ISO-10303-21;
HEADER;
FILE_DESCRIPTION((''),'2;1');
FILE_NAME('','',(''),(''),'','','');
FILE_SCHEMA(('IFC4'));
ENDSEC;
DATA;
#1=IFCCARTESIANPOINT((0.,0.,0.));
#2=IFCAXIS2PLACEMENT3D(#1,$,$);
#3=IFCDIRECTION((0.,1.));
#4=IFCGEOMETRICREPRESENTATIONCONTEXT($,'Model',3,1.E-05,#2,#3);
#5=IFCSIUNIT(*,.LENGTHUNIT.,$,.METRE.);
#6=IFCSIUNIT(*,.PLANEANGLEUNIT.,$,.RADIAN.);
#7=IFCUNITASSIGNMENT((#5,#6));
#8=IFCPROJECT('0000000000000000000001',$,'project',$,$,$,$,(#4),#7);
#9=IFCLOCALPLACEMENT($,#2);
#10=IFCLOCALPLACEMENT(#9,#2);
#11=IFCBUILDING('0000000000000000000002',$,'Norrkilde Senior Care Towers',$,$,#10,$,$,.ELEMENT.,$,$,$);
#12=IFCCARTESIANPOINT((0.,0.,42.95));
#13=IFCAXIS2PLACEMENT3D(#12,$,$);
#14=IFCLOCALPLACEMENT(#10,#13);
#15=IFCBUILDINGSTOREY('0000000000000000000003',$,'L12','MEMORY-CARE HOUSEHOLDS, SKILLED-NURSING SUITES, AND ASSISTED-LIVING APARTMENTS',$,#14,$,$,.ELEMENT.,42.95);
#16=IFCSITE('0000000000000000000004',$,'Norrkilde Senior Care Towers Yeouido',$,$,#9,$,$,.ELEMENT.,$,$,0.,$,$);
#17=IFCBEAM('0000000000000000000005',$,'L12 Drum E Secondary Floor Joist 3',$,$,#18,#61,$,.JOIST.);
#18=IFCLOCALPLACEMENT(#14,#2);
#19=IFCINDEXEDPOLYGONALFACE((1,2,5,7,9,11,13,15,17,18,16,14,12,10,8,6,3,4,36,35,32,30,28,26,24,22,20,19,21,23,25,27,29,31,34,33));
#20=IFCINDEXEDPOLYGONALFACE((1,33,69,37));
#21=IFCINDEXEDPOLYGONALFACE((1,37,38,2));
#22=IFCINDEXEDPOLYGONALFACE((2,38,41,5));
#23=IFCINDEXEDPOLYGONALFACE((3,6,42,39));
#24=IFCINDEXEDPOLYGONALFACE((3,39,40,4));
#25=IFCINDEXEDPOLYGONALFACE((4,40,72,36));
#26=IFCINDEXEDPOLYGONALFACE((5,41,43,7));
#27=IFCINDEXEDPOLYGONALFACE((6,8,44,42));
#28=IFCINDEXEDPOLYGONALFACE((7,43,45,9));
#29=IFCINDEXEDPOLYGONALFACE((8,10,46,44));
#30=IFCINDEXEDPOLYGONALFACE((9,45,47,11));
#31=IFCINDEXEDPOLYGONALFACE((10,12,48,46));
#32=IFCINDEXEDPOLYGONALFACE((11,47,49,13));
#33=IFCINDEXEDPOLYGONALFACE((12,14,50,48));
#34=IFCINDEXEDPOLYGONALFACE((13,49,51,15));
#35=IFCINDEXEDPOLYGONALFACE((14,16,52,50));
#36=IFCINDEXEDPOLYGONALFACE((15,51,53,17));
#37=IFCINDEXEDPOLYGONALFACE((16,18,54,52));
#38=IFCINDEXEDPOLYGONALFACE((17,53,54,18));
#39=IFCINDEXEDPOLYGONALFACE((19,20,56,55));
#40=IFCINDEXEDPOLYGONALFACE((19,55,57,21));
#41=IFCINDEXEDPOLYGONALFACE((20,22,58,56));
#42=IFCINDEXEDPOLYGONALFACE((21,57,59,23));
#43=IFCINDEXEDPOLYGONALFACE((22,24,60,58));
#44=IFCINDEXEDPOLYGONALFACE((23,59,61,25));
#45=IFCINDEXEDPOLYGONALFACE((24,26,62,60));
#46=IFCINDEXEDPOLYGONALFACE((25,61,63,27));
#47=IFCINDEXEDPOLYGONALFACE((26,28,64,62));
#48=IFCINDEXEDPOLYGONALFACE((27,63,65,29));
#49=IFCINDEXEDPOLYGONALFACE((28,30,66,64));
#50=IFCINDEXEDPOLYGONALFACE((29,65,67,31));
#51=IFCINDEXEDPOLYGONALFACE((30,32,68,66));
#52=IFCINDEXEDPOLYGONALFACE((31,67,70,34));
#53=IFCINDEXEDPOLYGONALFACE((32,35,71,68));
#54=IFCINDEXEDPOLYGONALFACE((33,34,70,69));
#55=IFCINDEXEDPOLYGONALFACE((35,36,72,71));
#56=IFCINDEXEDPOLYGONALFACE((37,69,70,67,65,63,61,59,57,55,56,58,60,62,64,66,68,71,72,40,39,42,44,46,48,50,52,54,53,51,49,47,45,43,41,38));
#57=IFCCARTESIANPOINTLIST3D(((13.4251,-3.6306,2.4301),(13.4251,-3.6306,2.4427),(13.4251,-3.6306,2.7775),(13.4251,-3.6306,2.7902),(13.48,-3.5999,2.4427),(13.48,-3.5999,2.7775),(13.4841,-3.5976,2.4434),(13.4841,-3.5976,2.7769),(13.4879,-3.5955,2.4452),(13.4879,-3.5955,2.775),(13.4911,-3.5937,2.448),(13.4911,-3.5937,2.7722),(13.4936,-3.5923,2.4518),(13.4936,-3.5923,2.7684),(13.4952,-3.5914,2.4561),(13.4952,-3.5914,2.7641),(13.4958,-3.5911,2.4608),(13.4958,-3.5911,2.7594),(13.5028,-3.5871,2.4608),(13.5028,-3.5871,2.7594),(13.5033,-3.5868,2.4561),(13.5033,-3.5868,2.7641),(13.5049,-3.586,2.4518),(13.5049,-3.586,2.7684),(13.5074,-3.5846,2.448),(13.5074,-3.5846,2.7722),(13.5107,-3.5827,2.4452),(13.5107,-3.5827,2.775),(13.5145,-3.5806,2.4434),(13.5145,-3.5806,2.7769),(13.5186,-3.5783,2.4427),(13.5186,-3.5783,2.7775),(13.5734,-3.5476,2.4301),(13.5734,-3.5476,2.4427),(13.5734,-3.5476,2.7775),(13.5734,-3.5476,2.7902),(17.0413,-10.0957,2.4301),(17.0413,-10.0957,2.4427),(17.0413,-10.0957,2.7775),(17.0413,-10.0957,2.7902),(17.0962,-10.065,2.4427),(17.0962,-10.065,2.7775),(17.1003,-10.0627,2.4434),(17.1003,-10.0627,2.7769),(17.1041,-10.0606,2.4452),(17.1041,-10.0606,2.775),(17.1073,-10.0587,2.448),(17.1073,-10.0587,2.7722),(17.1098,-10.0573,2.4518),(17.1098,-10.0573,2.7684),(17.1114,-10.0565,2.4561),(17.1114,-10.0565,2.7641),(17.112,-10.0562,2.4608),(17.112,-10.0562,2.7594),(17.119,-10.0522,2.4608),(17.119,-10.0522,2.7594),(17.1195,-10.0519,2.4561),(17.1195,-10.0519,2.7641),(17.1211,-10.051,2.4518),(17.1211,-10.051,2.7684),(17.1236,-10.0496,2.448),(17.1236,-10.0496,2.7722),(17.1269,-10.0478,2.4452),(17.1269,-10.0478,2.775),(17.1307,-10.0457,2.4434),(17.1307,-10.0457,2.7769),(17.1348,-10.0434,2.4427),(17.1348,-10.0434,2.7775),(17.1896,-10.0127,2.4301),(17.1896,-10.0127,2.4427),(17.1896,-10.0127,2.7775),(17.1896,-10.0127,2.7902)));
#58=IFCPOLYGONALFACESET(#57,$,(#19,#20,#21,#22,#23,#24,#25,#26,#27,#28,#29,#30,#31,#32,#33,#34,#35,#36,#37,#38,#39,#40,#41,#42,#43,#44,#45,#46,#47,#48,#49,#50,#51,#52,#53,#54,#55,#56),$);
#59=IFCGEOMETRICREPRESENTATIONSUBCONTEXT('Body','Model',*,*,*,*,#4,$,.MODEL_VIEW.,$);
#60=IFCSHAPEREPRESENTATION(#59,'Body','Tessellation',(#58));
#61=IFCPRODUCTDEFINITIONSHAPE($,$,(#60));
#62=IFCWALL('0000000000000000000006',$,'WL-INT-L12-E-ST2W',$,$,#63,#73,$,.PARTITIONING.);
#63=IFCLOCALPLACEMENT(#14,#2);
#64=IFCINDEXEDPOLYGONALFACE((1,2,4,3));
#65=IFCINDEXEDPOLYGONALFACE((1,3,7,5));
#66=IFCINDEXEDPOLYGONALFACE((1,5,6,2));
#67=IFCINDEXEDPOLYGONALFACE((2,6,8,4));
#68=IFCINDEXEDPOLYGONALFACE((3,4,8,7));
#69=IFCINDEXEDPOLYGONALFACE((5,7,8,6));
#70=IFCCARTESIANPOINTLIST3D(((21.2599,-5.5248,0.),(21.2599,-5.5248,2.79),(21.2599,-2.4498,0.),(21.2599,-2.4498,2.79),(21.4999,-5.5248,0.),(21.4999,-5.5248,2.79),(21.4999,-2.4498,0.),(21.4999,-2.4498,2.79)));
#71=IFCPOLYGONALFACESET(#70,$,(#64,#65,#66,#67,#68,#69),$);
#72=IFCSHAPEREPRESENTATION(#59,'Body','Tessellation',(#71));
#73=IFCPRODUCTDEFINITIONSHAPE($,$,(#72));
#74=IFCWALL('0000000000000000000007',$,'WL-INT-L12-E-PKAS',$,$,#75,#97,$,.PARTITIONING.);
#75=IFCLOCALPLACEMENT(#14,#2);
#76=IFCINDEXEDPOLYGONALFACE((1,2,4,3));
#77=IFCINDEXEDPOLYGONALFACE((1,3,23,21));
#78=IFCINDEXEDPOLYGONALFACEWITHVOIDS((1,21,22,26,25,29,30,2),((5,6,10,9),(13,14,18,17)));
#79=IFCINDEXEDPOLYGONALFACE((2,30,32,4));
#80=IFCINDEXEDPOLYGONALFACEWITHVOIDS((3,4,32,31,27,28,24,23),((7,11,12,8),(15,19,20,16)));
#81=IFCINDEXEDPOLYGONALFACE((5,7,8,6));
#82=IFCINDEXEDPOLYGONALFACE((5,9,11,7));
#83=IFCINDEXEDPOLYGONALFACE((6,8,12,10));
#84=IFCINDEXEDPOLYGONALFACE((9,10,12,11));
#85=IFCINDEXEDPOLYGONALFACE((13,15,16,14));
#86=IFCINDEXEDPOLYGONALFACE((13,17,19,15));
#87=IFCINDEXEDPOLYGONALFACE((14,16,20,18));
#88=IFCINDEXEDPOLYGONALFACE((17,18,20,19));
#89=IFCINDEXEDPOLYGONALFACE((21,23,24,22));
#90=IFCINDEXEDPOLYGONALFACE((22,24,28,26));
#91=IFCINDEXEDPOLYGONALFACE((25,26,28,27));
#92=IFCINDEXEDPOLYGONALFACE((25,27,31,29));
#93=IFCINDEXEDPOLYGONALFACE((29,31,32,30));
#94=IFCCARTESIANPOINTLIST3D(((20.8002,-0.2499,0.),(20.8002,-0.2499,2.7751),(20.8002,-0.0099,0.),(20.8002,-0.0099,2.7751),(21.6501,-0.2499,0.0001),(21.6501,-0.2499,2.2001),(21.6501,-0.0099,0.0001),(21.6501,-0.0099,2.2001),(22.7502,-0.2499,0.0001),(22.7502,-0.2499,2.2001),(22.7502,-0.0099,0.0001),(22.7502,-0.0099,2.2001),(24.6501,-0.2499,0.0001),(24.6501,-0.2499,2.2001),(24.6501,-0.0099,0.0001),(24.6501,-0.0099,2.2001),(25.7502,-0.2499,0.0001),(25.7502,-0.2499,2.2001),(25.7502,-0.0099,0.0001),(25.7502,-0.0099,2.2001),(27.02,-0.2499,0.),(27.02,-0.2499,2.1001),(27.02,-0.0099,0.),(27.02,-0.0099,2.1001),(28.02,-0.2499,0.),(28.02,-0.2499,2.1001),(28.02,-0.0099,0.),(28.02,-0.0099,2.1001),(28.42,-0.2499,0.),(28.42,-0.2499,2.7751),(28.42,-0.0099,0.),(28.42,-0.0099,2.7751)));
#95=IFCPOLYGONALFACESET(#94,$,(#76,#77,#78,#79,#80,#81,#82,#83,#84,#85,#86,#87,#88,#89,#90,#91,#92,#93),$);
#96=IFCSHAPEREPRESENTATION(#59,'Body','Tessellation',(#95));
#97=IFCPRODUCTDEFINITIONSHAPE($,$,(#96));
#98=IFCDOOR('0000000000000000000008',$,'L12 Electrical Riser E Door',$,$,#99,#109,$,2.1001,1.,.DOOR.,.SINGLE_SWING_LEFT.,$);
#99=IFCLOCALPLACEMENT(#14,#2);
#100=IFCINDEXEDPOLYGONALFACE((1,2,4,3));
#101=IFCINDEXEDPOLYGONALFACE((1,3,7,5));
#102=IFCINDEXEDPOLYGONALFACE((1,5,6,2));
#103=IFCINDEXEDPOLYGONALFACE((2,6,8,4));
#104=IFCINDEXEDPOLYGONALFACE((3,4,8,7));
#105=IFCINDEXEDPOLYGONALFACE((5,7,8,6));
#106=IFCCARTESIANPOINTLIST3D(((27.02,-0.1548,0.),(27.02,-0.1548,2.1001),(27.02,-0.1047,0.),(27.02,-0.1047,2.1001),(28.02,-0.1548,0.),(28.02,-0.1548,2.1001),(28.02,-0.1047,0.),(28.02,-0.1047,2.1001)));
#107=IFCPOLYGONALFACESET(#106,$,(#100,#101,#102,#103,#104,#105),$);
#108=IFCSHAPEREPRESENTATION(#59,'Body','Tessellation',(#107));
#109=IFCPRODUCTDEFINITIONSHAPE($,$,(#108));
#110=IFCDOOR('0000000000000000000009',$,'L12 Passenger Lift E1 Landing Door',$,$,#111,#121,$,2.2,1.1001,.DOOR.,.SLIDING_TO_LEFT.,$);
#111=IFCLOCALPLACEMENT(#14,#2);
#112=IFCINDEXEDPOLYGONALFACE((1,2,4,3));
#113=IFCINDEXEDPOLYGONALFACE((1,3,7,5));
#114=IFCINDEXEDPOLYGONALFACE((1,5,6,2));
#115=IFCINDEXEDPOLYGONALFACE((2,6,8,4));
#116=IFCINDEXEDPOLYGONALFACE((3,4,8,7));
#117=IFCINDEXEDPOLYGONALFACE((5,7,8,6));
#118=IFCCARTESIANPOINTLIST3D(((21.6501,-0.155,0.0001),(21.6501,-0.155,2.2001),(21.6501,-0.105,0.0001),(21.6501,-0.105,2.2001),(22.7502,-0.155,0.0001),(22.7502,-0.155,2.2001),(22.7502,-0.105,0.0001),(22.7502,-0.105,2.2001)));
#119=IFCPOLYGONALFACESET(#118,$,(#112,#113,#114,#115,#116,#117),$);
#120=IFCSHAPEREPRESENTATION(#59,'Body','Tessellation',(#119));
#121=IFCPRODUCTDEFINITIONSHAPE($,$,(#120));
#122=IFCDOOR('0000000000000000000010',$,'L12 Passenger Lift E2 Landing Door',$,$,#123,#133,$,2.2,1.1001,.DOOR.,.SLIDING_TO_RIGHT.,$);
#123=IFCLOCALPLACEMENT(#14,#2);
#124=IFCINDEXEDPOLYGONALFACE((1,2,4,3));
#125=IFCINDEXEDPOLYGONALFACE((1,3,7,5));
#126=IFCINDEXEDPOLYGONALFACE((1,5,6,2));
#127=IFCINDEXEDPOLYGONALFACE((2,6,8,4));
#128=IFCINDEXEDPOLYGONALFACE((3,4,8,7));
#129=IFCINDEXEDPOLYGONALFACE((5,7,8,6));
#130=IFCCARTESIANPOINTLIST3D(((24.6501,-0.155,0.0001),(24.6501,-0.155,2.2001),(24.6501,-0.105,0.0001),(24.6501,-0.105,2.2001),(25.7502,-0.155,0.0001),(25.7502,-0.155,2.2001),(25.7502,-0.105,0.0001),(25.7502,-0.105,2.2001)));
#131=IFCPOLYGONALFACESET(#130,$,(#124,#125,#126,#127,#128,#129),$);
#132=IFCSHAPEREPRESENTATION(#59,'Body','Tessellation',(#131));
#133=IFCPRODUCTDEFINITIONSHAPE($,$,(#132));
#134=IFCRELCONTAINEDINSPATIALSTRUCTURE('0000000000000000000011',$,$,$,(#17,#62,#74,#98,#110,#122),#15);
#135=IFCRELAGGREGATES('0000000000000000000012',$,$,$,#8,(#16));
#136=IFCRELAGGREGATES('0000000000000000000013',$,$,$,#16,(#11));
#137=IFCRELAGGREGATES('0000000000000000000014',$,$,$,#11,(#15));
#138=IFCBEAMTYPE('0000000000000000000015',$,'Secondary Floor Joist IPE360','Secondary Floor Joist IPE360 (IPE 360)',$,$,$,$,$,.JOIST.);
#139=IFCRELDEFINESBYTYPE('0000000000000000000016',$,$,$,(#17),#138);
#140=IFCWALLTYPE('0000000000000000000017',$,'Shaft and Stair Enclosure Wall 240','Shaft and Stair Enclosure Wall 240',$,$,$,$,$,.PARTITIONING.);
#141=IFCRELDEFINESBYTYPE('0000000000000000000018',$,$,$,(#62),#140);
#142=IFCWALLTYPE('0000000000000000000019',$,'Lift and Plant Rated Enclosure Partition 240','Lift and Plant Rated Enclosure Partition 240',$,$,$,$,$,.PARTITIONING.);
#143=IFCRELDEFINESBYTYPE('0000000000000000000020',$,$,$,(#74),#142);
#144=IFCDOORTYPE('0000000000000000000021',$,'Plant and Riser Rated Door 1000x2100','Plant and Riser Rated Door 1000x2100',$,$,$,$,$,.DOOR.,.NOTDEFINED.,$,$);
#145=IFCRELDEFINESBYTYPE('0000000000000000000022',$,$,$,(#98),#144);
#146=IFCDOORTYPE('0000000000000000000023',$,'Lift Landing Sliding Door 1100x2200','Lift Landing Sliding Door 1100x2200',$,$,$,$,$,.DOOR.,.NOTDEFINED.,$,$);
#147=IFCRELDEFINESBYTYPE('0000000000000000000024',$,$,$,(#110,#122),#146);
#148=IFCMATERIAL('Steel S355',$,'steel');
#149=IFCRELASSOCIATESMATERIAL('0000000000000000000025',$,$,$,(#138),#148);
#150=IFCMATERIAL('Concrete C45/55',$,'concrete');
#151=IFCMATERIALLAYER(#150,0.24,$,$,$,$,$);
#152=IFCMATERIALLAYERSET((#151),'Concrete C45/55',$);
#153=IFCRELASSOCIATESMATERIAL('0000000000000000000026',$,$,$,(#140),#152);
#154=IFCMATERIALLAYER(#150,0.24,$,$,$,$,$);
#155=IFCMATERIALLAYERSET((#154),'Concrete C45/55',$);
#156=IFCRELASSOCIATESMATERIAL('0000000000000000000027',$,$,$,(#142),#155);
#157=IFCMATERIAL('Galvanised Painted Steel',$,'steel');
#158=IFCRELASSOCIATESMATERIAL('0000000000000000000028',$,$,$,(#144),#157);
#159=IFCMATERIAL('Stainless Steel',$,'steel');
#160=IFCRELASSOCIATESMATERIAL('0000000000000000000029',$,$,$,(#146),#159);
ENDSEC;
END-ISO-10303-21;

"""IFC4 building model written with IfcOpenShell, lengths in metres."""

from ifc_helpers import new_model, si_unit, direction, frame, frame_2d, origin, origin_2d, place, context, subcontext, project, spatial, rectangle, i_section, extrude, source, transform, mapped, material, layer, layer_set, material_profile, profile_set, type_object, type_shapes, element, fill, save


model = new_model("IFC4")

# Units and contexts
model_context = context("Model", 3, precision=1e-05, world=origin(), true_north=direction((0.0, 1.0)))
body_context = subcontext(model_context, "Body", "Model", "MODEL_VIEW")
ifc_project = project(units=[si_unit("LENGTHUNIT", "METRE"), si_unit("PLANEANGLEUNIT", "RADIAN")], contexts=[model_context])

# Site, building, storey
site_placement = place(None, origin())
site = spatial("IfcSite", under=ifc_project, at=site_placement, Name="Norrkilde Senior Care Towers Yeouido", CompositionType="ELEMENT", RefElevation=0.0)
building_placement = place(site_placement, origin())
building = spatial("IfcBuilding", under=site, at=building_placement, Name="Norrkilde Senior Care Towers", CompositionType="ELEMENT")
storey_placement = place(building_placement, frame((0.0, 0.0, 42.95)))
storey = spatial("IfcBuildingStorey", under=building, at=storey_placement, Name="L12", Description="MEMORY-CARE HOUSEHOLDS, SKILLED-NURSING SUITES, AND ASSISTED-LIVING APARTMENTS", CompositionType="ELEMENT", Elevation=42.95)

# Beam
ifc_material_1 = material(Name="Steel S355", Category="steel")
ifc_material_profile_1 = material_profile(ifc_material_1, i_section(OverallWidth=0.1699, OverallDepth=0.3601, WebThickness=0.0081, FlangeThickness=0.0127, FilletRadius=0.0181, at=origin_2d()), Name="IPE 360")
ifc_profile_set_1 = profile_set([ifc_material_profile_1], Name="Steel S355")
beam_type_1 = type_object("IfcBeamType", Name="Secondary Floor Joist IPE360", Description="Secondary Floor Joist IPE360 (IPE 360)", PredefinedType="JOIST", material=ifc_profile_set_1)
shared_shape_1 = source(origin(), body_context, "Body", "SweptSolid", [
    extrude(i_section(OverallWidth=0.1699, OverallDepth=0.3601, WebThickness=0.0081, FlangeThickness=0.0127, FilletRadius=0.0181, at=origin_2d()), origin(), (0.0, 0.0, 1.0), 7.4077),
])
type_shapes(beam_type_1, [shared_shape_1])
beam_1_placement = place(storey_placement, frame((13.4993, -3.5891, 2.6101), z_axis=(0.488168, -0.87275, 0.0), x_axis=(0.87275, 0.488168, 0.0)))
element("IfcBeam", 1, at=beam_1_placement, inside=storey, type_object=beam_type_1, Name="L12 Drum E Secondary Floor Joist 3", PredefinedType="JOIST", context=body_context, shape_type="MappedRepresentation", body=[
    mapped(shared_shape_1, transform((0.0, 0.0, 0.0), x_axis=(1.0, 0.0, 0.0), y_axis=(0.0, 1.0, 0.0), z_axis=(0.0, 0.0, 1.0), scale=1.0)),
])

# Shared definitions
ifc_material_2 = material(Name="Galvanised Painted Steel", Category="steel")
ifc_material_3 = material(Name="Concrete C45/55", Category="concrete")
ifc_layer_1 = layer(ifc_material_3, 0.24)
ifc_layer_set_1 = layer_set([ifc_layer_1], Name="Concrete C45/55")
wall_type_1 = type_object("IfcWallType", Name="Shaft and Stair Enclosure Wall 240", Description="Shaft and Stair Enclosure Wall 240", PredefinedType="PARTITIONING", material=ifc_layer_set_1)

# Wall
shared_shape_2 = source(origin(), body_context, "Body", "SweptSolid", [
    extrude(rectangle(XDim=3.075, YDim=0.24, at=frame_2d((1.5376, 0.0))), origin(), (0.0, 0.0, 1.0), 2.79),
])
wall_1_placement = place(storey_placement, frame((21.3799, -5.5249, 0.0), z_axis=(0.0, 0.0, 1.0), x_axis=(0.0, 1.0, 0.0)))
element("IfcWall", 2, at=wall_1_placement, inside=storey, type_object=wall_type_1, Name="WL-INT-L12-E-ST2W", PredefinedType="PARTITIONING", context=body_context, shape_type="MappedRepresentation", body=[
    mapped(shared_shape_2, transform((0.0, 0.0, 0.0), x_axis=(1.0, 0.0, 0.0), y_axis=(0.0, 1.0, 0.0), z_axis=(0.0, 0.0, 1.0), scale=1.0)),
])

# Wall, openings, doors
ifc_layer_2 = layer(ifc_material_3, 0.24)
ifc_layer_set_2 = layer_set([ifc_layer_2], Name="Concrete C45/55")
wall_type_2 = type_object("IfcWallType", Name="Lift and Plant Rated Enclosure Partition 240", Description="Lift and Plant Rated Enclosure Partition 240", PredefinedType="PARTITIONING", material=ifc_layer_set_2)
shared_shape_3 = source(origin(), body_context, "Body", "SweptSolid", [
    extrude(rectangle(XDim=7.6199, YDim=0.24, at=frame_2d((3.8101, 0.0))), origin(), (0.0, 0.0, 1.0), 2.7751),
])
type_shapes(wall_type_2, [shared_shape_3])
wall_2_placement = place(storey_placement, frame((20.8, -0.1299, 0.0), z_axis=(0.0, 0.0, 1.0), x_axis=(1.0, 0.0, 0.0)))
wall_2 = element("IfcWall", 3, at=wall_2_placement, inside=storey, type_object=wall_type_2, Name="WL-INT-L12-E-PKAS", PredefinedType="PARTITIONING", context=body_context, shape_type="MappedRepresentation", body=[
    mapped(shared_shape_3, transform((0.0, 0.0, 0.0), x_axis=(1.0, 0.0, 0.0), y_axis=(0.0, 1.0, 0.0), z_axis=(0.0, 0.0, 1.0), scale=1.0)),
])
opening_1_placement = place(wall_2_placement, frame((6.22, 0.0, 0.0)))
opening_1 = element("IfcOpeningElement", 4, at=opening_1_placement, cuts=wall_2, PredefinedType="OPENING", context=body_context, shape_type="SweptSolid", body=[
    extrude(rectangle(XDim=1.0, YDim=2.1001, at=frame_2d((0.5, 1.05))), frame((0.0, 0.1299, 0.0), z_axis=(0.0, -1.0, 0.0), x_axis=(1.0, 0.0, 0.0)), (0.0, 0.0, 1.0), 0.26),
])
opening_2_placement = place(wall_2_placement, frame((0.8501, 0.0, 0.0)))
opening_2 = element("IfcOpeningElement", 5, at=opening_2_placement, cuts=wall_2, PredefinedType="OPENING", context=body_context, shape_type="SweptSolid", body=[
    extrude(rectangle(XDim=1.1001, YDim=2.2, at=frame_2d((0.55, 1.1001))), frame((0.0, 0.1299, 0.0), z_axis=(0.0, -1.0, 0.0), x_axis=(1.0, 0.0, 0.0)), (0.0, 0.0, 1.0), 0.26),
])
opening_3_placement = place(wall_2_placement, frame((3.8501, 0.0, 0.0)))
opening_3 = element("IfcOpeningElement", 6, at=opening_3_placement, cuts=wall_2, PredefinedType="OPENING", context=body_context, shape_type="SweptSolid", body=[
    extrude(rectangle(XDim=1.1001, YDim=2.2, at=frame_2d((0.55, 1.1001))), frame((0.0, 0.1299, 0.0), z_axis=(0.0, -1.0, 0.0), x_axis=(1.0, 0.0, 0.0)), (0.0, 0.0, 1.0), 0.26),
])
door_type_1 = type_object("IfcDoorType", Name="Plant and Riser Rated Door 1000x2100", Description="Plant and Riser Rated Door 1000x2100", OperationType="NOTDEFINED", PredefinedType="DOOR", material=ifc_material_2)
shared_shape_4 = source(origin(), body_context, "Body", "SweptSolid", [
    extrude(rectangle(XDim=1.0, YDim=2.1001, at=frame_2d((0.5, 1.05))), frame((0.0, 0.0249, 0.0), z_axis=(0.0, -1.0, 0.0), x_axis=(1.0, 0.0, 0.0)), (0.0, 0.0, 1.0), 0.05),
])
type_shapes(door_type_1, [shared_shape_4])
door_1_placement = place(opening_1_placement, frame((1.0, 0.0, 0.0), z_axis=(0.0, 0.0, 1.0), x_axis=(-1.0, 0.0, 0.0)))
door_1 = element("IfcDoor", 7, at=door_1_placement, inside=storey, type_object=door_type_1, Name="L12 Electrical Riser E Door", OperationType="SINGLE_SWING_LEFT", OverallHeight=2.1001, OverallWidth=1.0, PredefinedType="DOOR", context=body_context, shape_type="MappedRepresentation", body=[
    mapped(shared_shape_4, transform((0.0, 0.0, 0.0), x_axis=(1.0, 0.0, 0.0), y_axis=(0.0, 1.0, 0.0), z_axis=(0.0, 0.0, 1.0), scale=1.0)),
])
fill(opening_1, door_1)
ifc_material_4 = material(Name="Stainless Steel", Category="steel")
door_type_2 = type_object("IfcDoorType", Name="Lift Landing Sliding Door 1100x2200", Description="Lift Landing Sliding Door 1100x2200", OperationType="NOTDEFINED", PredefinedType="DOOR", material=ifc_material_4)
shared_shape_5 = source(origin(), body_context, "Body", "SweptSolid", [
    extrude(rectangle(XDim=1.1001, YDim=2.2, at=frame_2d((0.55, 1.1001))), frame((0.0, 0.0249, 0.0), z_axis=(0.0, -1.0, 0.0), x_axis=(1.0, 0.0, 0.0)), (0.0, 0.0, 1.0), 0.05),
])
type_shapes(door_type_2, [shared_shape_5])
door_2_placement = place(opening_2_placement, origin())
door_2 = element("IfcDoor", 8, at=door_2_placement, inside=storey, type_object=door_type_2, Name="L12 Passenger Lift E1 Landing Door", OperationType="SLIDING_TO_LEFT", OverallHeight=2.2, OverallWidth=1.1001, PredefinedType="DOOR", context=body_context, shape_type="MappedRepresentation", body=[
    mapped(shared_shape_5, transform((0.0, 0.0, 0.0), x_axis=(1.0, 0.0, 0.0), y_axis=(0.0, 1.0, 0.0), z_axis=(0.0, 0.0, 1.0), scale=1.0)),
])
fill(opening_2, door_2)
door_3_placement = place(opening_3_placement, origin())
door_3 = element("IfcDoor", 9, at=door_3_placement, inside=storey, type_object=door_type_2, Name="L12 Passenger Lift E2 Landing Door", OperationType="SLIDING_TO_RIGHT", OverallHeight=2.2, OverallWidth=1.1001, PredefinedType="DOOR", context=body_context, shape_type="MappedRepresentation", body=[
    mapped(shared_shape_5, transform((0.0, 0.0, 0.0), x_axis=(1.0, 0.0, 0.0), y_axis=(0.0, 1.0, 0.0), z_axis=(0.0, 0.0, 1.0), scale=1.0)),
])
fill(opening_3, door_3)

save(model, "model.ifc")
